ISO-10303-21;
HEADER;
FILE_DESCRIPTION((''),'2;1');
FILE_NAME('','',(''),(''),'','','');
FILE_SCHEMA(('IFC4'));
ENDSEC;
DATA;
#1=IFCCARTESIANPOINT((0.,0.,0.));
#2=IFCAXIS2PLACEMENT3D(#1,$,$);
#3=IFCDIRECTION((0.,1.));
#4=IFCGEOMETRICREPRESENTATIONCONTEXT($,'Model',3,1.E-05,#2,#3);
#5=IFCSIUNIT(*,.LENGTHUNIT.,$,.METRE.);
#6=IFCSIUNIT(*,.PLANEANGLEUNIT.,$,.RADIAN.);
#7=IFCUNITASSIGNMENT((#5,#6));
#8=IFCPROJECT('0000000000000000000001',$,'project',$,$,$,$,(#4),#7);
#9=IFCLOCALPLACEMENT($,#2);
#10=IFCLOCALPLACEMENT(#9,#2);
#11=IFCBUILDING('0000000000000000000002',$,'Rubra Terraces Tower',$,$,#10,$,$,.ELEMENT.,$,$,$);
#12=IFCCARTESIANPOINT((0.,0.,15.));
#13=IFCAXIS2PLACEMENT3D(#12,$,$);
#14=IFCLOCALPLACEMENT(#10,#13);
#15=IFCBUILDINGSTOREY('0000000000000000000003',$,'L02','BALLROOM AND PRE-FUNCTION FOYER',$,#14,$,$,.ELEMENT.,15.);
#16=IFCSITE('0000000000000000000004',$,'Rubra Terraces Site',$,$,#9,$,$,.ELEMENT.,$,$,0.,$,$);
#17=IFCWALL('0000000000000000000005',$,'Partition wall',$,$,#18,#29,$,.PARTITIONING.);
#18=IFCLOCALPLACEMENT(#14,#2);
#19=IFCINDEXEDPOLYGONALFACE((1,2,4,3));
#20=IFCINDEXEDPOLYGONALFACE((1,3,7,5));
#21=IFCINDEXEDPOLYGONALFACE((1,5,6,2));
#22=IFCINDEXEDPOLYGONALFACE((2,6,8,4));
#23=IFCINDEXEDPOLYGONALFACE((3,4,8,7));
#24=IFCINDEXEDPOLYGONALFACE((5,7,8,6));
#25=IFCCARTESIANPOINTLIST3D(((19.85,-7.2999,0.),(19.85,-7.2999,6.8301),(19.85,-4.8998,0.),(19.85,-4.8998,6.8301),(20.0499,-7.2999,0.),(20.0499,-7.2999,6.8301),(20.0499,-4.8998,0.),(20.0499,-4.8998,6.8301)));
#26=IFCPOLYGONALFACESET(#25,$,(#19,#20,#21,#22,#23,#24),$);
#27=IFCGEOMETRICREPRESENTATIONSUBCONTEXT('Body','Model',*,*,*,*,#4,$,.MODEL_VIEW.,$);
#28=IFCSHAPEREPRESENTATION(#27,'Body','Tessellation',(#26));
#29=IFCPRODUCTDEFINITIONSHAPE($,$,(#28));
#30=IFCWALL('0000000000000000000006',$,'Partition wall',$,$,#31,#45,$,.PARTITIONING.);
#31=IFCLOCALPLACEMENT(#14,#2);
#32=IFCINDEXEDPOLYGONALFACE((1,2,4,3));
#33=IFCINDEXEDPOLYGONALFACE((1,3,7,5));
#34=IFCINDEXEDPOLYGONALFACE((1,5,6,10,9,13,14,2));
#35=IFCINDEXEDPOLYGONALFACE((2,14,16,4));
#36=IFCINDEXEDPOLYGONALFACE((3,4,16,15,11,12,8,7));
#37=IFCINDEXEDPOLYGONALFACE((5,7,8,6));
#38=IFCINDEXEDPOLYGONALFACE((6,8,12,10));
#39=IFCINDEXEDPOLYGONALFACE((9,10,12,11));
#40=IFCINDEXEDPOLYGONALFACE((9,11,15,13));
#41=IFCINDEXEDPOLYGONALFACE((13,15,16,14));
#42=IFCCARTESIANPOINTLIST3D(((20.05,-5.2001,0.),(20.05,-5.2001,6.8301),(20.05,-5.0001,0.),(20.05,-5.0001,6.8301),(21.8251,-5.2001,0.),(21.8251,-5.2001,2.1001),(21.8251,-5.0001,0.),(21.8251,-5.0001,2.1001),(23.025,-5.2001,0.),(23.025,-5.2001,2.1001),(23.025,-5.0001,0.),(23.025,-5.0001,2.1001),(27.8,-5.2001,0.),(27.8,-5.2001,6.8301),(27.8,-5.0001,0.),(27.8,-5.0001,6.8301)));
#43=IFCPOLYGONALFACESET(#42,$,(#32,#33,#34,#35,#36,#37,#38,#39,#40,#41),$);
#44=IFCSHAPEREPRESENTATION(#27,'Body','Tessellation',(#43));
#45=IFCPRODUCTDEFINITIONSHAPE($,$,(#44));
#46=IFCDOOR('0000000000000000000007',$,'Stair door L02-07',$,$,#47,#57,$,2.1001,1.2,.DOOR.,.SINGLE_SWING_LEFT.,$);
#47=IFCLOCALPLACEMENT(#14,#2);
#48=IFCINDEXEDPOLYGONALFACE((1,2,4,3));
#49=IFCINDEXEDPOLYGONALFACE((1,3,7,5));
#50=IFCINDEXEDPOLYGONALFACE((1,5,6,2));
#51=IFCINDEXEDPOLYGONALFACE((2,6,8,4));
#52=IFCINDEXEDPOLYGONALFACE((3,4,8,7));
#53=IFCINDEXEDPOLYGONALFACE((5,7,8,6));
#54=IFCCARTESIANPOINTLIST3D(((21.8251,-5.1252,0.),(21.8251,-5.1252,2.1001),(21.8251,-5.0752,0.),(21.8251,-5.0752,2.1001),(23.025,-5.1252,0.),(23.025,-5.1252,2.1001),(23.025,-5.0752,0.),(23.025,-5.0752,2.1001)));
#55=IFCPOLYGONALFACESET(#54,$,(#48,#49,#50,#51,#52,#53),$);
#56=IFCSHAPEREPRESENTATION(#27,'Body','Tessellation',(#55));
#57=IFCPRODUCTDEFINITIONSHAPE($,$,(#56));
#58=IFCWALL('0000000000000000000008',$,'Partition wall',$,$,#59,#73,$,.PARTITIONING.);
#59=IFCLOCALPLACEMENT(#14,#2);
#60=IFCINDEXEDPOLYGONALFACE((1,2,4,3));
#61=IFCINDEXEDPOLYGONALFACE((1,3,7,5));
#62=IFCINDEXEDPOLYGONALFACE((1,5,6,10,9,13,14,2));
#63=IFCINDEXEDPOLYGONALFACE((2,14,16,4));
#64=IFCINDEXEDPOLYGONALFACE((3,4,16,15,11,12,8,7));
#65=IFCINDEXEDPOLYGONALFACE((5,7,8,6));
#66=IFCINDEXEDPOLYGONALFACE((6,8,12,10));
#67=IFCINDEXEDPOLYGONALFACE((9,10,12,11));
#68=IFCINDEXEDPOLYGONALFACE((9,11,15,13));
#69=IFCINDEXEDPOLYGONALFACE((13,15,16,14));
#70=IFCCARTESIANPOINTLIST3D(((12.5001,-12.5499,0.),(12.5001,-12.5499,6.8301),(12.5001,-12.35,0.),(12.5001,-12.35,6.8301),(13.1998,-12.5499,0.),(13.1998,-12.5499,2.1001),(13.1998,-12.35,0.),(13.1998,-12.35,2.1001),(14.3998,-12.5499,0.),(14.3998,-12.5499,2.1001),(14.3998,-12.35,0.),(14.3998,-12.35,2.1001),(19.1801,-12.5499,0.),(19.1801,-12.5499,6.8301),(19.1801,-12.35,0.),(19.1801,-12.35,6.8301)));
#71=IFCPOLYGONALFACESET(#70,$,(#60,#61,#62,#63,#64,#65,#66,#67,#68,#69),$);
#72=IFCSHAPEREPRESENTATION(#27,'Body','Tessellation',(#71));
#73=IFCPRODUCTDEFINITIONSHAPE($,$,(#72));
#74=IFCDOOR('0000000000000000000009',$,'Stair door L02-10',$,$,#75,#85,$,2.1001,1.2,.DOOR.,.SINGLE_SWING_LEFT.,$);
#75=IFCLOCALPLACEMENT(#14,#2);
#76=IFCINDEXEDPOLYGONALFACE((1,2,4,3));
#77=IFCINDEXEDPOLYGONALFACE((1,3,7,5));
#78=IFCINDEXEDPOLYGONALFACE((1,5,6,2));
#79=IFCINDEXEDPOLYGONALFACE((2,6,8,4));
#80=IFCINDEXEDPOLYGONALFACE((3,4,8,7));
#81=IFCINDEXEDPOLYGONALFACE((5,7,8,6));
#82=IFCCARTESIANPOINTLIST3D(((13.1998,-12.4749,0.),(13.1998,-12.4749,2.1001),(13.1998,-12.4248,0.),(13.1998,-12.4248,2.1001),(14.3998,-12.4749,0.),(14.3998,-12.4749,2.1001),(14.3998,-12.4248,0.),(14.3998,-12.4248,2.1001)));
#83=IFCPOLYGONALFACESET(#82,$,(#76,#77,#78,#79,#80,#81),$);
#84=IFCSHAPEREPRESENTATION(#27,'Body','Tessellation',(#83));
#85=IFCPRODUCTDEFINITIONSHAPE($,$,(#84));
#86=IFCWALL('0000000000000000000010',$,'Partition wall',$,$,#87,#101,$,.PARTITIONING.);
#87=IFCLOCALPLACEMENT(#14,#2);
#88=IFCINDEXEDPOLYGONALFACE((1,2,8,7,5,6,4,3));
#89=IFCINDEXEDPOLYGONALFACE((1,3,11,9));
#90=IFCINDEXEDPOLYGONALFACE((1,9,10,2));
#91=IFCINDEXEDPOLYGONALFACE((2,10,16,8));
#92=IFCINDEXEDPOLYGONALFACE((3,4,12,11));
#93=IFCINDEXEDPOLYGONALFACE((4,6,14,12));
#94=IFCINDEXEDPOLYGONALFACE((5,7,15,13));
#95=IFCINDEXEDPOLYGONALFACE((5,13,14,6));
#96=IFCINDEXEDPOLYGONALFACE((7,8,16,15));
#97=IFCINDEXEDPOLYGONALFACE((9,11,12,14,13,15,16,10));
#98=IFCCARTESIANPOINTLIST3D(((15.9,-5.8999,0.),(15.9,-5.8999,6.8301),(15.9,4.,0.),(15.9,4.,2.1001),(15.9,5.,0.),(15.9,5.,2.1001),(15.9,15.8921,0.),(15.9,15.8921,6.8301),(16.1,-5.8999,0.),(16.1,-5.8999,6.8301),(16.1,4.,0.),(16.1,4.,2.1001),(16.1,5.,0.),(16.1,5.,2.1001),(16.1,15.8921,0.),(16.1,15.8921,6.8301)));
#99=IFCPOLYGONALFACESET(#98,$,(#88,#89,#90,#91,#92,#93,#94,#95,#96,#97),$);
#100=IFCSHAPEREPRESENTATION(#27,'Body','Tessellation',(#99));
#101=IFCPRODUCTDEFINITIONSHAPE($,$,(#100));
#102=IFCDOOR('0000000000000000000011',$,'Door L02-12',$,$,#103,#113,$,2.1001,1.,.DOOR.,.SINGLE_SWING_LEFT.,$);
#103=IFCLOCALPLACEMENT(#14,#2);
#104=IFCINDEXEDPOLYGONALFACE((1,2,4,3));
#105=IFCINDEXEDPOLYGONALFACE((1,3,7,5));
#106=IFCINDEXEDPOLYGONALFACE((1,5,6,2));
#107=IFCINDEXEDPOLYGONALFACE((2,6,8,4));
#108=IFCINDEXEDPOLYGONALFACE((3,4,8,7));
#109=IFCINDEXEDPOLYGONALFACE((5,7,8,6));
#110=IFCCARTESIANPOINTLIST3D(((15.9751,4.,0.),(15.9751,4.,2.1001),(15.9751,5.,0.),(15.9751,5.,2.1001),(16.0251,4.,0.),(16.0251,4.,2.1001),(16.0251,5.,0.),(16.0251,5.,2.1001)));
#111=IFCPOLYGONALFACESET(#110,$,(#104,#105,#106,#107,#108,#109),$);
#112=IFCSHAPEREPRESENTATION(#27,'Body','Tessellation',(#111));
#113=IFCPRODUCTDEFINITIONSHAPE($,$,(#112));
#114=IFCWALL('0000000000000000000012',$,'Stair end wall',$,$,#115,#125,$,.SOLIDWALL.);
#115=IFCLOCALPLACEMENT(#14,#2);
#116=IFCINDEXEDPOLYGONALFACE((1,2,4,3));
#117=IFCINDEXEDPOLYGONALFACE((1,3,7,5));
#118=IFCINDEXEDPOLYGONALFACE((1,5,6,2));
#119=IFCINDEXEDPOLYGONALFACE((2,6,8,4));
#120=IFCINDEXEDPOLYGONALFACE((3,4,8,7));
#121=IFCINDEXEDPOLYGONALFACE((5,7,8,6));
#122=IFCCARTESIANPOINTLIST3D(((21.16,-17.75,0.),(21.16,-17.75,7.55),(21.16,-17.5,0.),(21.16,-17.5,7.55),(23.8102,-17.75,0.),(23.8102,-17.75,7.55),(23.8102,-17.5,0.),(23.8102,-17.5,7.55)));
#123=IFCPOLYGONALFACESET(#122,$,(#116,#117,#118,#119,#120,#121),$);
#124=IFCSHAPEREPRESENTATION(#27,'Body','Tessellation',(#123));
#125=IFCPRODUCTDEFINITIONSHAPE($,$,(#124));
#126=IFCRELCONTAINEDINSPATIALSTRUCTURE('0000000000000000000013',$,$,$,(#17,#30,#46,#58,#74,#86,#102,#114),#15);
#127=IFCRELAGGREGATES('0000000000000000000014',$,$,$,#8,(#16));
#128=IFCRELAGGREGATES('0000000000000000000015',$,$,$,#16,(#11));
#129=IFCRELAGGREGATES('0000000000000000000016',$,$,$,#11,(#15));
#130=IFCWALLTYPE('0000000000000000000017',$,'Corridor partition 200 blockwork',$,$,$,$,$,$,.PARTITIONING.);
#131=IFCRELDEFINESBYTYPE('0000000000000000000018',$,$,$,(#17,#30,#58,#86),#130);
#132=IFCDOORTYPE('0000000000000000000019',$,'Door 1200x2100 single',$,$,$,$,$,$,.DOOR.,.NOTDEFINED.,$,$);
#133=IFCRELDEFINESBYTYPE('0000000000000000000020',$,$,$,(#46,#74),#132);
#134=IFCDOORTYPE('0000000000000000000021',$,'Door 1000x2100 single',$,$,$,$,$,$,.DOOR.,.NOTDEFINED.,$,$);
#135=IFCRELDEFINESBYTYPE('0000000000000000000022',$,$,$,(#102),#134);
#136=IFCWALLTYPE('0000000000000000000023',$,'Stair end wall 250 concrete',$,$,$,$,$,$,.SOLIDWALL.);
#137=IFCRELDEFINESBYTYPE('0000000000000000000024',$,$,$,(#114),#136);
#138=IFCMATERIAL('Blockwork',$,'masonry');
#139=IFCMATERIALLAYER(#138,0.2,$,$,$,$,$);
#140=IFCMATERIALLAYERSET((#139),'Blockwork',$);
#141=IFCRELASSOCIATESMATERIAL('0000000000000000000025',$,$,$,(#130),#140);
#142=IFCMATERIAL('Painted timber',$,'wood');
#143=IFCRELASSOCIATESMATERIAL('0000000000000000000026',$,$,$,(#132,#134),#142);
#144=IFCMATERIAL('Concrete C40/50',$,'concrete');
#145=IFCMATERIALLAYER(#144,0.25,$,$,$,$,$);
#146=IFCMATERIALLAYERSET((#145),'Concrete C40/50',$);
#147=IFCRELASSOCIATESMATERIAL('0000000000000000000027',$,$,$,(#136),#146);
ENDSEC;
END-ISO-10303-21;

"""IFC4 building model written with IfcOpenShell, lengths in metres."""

from ifc_helpers import new_model, si_unit, direction, frame, frame_2d, origin, place, context, subcontext, project, spatial, rectangle, extrude, material, layer, layer_set, type_object, element, fill, save


model = new_model("IFC4")

# Units and contexts
model_context = context("Model", 3, precision=1e-05, world=origin(), true_north=direction((0.0, 1.0)))
body_context = subcontext(model_context, "Body", "Model", "MODEL_VIEW")
ifc_project = project(units=[si_unit("LENGTHUNIT", "METRE"), si_unit("PLANEANGLEUNIT", "RADIAN")], contexts=[model_context])

# Site, building, storey
site_placement = place(None, origin())
site = spatial("IfcSite", under=ifc_project, at=site_placement, Name="Rubra Terraces Site", CompositionType="ELEMENT", RefElevation=0.0)
building_placement = place(site_placement, origin())
building = spatial("IfcBuilding", under=site, at=building_placement, Name="Rubra Terraces Tower", CompositionType="ELEMENT")
storey_placement = place(building_placement, frame((0.0, 0.0, 15.0)))
storey = spatial("IfcBuildingStorey", under=building, at=storey_placement, Name="L02", Description="BALLROOM AND PRE-FUNCTION FOYER", CompositionType="ELEMENT", Elevation=15.0)

# Wall
ifc_material_1 = material(Name="Blockwork", Category="masonry")
ifc_layer_1 = layer(ifc_material_1, 0.2)
ifc_layer_set_1 = layer_set([ifc_layer_1], Name="Blockwork")
wall_type_1 = type_object("IfcWallType", Name="Corridor partition 200 blockwork", PredefinedType="PARTITIONING", material=ifc_layer_set_1)
wall_1_placement = place(storey_placement, frame((19.95, -7.3, 0.0), z_axis=(0.0, 0.0, 1.0), x_axis=(0.0, 1.0, 0.0)))
element("IfcWall", 1, at=wall_1_placement, inside=storey, type_object=wall_type_1, Name="Partition wall", PredefinedType="PARTITIONING", context=body_context, shape_type="SweptSolid", body=[
    extrude(rectangle(XDim=2.4001, YDim=0.2, at=frame_2d((1.2002, 0.0))), origin(), (0.0, 0.0, 1.0), 6.8301),
])

# Walls, openings, doors
wall_2_placement = place(storey_placement, frame((20.05, -5.1001, 0.0), z_axis=(0.0, 0.0, 1.0), x_axis=(1.0, 0.0, 0.0)))
wall_2 = element("IfcWall", 2, at=wall_2_placement, inside=storey, type_object=wall_type_1, Name="Partition wall", PredefinedType="PARTITIONING", context=body_context, shape_type="SweptSolid", body=[
    extrude(rectangle(XDim=7.75, YDim=0.2, at=frame_2d((3.875, 0.0))), origin(), (0.0, 0.0, 1.0), 6.8301),
])
opening_1_placement = place(wall_2_placement, frame((1.7749, 0.0, 0.0)))
opening_1 = element("IfcOpeningElement", 3, at=opening_1_placement, cuts=wall_2, PredefinedType="OPENING", context=body_context, shape_type="SweptSolid", body=[
    extrude(rectangle(XDim=1.2, YDim=2.1001, at=frame_2d((0.6001, 1.05))), frame((0.0, 0.1099, 0.0), z_axis=(0.0, -1.0, 0.0), x_axis=(1.0, 0.0, 0.0)), (0.0, 0.0, 1.0), 0.22),
])
ifc_material_2 = material(Name="Painted timber", Category="wood")
door_type_1 = type_object("IfcDoorType", Name="Door 1200x2100 single", OperationType="NOTDEFINED", PredefinedType="DOOR", material=ifc_material_2)
door_1_placement = place(opening_1_placement, origin())
door_1 = element("IfcDoor", 4, at=door_1_placement, inside=storey, type_object=door_type_1, Name="Stair door L02-07", OperationType="SINGLE_SWING_LEFT", OverallHeight=2.1001, OverallWidth=1.2, PredefinedType="DOOR", context=body_context, shape_type="SweptSolid", body=[
    extrude(rectangle(XDim=1.2, YDim=2.1001, at=frame_2d((0.6001, 1.05))), frame((0.0, 0.0249, 0.0), z_axis=(0.0, -1.0, 0.0), x_axis=(1.0, 0.0, 0.0)), (0.0, 0.0, 1.0), 0.05),
])
fill(opening_1, door_1)
wall_3_placement = place(storey_placement, frame((19.1799, -12.45, 0.0), z_axis=(0.0, 0.0, 1.0), x_axis=(-1.0, 0.0, 0.0)))
wall_3 = element("IfcWall", 5, at=wall_3_placement, inside=storey, type_object=wall_type_1, Name="Partition wall", PredefinedType="PARTITIONING", context=body_context, shape_type="SweptSolid", body=[
    extrude(rectangle(XDim=6.6799, YDim=0.2, at=frame_2d((3.3398, 0.0))), origin(), (0.0, 0.0, 1.0), 6.8301),
])
opening_2_placement = place(wall_3_placement, frame((4.78, 0.0, 0.0)))
opening_2 = element("IfcOpeningElement", 6, at=opening_2_placement, cuts=wall_3, PredefinedType="OPENING", context=body_context, shape_type="SweptSolid", body=[
    extrude(rectangle(XDim=1.2, YDim=2.1001, at=frame_2d((0.6001, 1.05))), frame((0.0, 0.1099, 0.0), z_axis=(0.0, -1.0, 0.0), x_axis=(1.0, 0.0, 0.0)), (0.0, 0.0, 1.0), 0.22),
])
door_2_placement = place(opening_2_placement, origin())
door_2 = element("IfcDoor", 7, at=door_2_placement, inside=storey, type_object=door_type_1, Name="Stair door L02-10", OperationType="SINGLE_SWING_LEFT", OverallHeight=2.1001, OverallWidth=1.2, PredefinedType="DOOR", context=body_context, shape_type="SweptSolid", body=[
    extrude(rectangle(XDim=1.2, YDim=2.1001, at=frame_2d((0.6001, 1.05))), frame((0.0, 0.0249, 0.0), z_axis=(0.0, -1.0, 0.0), x_axis=(1.0, 0.0, 0.0)), (0.0, 0.0, 1.0), 0.05),
])
fill(opening_2, door_2)
wall_4_placement = place(storey_placement, frame((16.0, -5.8999, 0.0), z_axis=(0.0, 0.0, 1.0), x_axis=(0.0, 1.0, 0.0)))
wall_4 = element("IfcWall", 8, at=wall_4_placement, inside=storey, type_object=wall_type_1, Name="Partition wall", PredefinedType="PARTITIONING", context=body_context, shape_type="SweptSolid", body=[
    extrude(rectangle(XDim=21.792, YDim=0.2, at=frame_2d((10.896, 0.0))), origin(), (0.0, 0.0, 1.0), 6.8301),
])
opening_3_placement = place(wall_4_placement, frame((9.8999, 0.0, 0.0)))
opening_3 = element("IfcOpeningElement", 9, at=opening_3_placement, cuts=wall_4, PredefinedType="OPENING", context=body_context, shape_type="SweptSolid", body=[
    extrude(rectangle(XDim=1.0, YDim=2.1001, at=frame_2d((0.5, 1.05))), frame((0.0, 0.1099, 0.0), z_axis=(0.0, -1.0, 0.0), x_axis=(1.0, 0.0, 0.0)), (0.0, 0.0, 1.0), 0.22),
])
door_type_2 = type_object("IfcDoorType", Name="Door 1000x2100 single", OperationType="NOTDEFINED", PredefinedType="DOOR", material=ifc_material_2)
door_3_placement = place(opening_3_placement, origin())
door_3 = element("IfcDoor", 10, at=door_3_placement, inside=storey, type_object=door_type_2, Name="Door L02-12", OperationType="SINGLE_SWING_LEFT", OverallHeight=2.1001, OverallWidth=1.0, PredefinedType="DOOR", context=body_context, shape_type="SweptSolid", body=[
    extrude(rectangle(XDim=1.0, YDim=2.1001, at=frame_2d((0.5, 1.05))), frame((0.0, 0.0249, 0.0), z_axis=(0.0, -1.0, 0.0), x_axis=(1.0, 0.0, 0.0)), (0.0, 0.0, 1.0), 0.05),
])
fill(opening_3, door_3)

# Wall
ifc_material_3 = material(Name="Concrete C40/50", Category="concrete")
ifc_layer_2 = layer(ifc_material_3, 0.25)
ifc_layer_set_2 = layer_set([ifc_layer_2], Name="Concrete C40/50")
wall_type_2 = type_object("IfcWallType", Name="Stair end wall 250 concrete", PredefinedType="SOLIDWALL", material=ifc_layer_set_2)
wall_5_placement = place(storey_placement, frame((21.1599, -17.625, 0.0), z_axis=(0.0, 0.0, 1.0), x_axis=(1.0, 0.0, 0.0)))
element("IfcWall", 11, at=wall_5_placement, inside=storey, type_object=wall_type_2, Name="Stair end wall", PredefinedType="SOLIDWALL", context=body_context, shape_type="SweptSolid", body=[
    extrude(rectangle(XDim=2.6501, YDim=0.25, at=frame_2d((1.3252, 0.0))), origin(), (0.0, 0.0, 1.0), 7.55),
])

save(model, "model.ifc")
